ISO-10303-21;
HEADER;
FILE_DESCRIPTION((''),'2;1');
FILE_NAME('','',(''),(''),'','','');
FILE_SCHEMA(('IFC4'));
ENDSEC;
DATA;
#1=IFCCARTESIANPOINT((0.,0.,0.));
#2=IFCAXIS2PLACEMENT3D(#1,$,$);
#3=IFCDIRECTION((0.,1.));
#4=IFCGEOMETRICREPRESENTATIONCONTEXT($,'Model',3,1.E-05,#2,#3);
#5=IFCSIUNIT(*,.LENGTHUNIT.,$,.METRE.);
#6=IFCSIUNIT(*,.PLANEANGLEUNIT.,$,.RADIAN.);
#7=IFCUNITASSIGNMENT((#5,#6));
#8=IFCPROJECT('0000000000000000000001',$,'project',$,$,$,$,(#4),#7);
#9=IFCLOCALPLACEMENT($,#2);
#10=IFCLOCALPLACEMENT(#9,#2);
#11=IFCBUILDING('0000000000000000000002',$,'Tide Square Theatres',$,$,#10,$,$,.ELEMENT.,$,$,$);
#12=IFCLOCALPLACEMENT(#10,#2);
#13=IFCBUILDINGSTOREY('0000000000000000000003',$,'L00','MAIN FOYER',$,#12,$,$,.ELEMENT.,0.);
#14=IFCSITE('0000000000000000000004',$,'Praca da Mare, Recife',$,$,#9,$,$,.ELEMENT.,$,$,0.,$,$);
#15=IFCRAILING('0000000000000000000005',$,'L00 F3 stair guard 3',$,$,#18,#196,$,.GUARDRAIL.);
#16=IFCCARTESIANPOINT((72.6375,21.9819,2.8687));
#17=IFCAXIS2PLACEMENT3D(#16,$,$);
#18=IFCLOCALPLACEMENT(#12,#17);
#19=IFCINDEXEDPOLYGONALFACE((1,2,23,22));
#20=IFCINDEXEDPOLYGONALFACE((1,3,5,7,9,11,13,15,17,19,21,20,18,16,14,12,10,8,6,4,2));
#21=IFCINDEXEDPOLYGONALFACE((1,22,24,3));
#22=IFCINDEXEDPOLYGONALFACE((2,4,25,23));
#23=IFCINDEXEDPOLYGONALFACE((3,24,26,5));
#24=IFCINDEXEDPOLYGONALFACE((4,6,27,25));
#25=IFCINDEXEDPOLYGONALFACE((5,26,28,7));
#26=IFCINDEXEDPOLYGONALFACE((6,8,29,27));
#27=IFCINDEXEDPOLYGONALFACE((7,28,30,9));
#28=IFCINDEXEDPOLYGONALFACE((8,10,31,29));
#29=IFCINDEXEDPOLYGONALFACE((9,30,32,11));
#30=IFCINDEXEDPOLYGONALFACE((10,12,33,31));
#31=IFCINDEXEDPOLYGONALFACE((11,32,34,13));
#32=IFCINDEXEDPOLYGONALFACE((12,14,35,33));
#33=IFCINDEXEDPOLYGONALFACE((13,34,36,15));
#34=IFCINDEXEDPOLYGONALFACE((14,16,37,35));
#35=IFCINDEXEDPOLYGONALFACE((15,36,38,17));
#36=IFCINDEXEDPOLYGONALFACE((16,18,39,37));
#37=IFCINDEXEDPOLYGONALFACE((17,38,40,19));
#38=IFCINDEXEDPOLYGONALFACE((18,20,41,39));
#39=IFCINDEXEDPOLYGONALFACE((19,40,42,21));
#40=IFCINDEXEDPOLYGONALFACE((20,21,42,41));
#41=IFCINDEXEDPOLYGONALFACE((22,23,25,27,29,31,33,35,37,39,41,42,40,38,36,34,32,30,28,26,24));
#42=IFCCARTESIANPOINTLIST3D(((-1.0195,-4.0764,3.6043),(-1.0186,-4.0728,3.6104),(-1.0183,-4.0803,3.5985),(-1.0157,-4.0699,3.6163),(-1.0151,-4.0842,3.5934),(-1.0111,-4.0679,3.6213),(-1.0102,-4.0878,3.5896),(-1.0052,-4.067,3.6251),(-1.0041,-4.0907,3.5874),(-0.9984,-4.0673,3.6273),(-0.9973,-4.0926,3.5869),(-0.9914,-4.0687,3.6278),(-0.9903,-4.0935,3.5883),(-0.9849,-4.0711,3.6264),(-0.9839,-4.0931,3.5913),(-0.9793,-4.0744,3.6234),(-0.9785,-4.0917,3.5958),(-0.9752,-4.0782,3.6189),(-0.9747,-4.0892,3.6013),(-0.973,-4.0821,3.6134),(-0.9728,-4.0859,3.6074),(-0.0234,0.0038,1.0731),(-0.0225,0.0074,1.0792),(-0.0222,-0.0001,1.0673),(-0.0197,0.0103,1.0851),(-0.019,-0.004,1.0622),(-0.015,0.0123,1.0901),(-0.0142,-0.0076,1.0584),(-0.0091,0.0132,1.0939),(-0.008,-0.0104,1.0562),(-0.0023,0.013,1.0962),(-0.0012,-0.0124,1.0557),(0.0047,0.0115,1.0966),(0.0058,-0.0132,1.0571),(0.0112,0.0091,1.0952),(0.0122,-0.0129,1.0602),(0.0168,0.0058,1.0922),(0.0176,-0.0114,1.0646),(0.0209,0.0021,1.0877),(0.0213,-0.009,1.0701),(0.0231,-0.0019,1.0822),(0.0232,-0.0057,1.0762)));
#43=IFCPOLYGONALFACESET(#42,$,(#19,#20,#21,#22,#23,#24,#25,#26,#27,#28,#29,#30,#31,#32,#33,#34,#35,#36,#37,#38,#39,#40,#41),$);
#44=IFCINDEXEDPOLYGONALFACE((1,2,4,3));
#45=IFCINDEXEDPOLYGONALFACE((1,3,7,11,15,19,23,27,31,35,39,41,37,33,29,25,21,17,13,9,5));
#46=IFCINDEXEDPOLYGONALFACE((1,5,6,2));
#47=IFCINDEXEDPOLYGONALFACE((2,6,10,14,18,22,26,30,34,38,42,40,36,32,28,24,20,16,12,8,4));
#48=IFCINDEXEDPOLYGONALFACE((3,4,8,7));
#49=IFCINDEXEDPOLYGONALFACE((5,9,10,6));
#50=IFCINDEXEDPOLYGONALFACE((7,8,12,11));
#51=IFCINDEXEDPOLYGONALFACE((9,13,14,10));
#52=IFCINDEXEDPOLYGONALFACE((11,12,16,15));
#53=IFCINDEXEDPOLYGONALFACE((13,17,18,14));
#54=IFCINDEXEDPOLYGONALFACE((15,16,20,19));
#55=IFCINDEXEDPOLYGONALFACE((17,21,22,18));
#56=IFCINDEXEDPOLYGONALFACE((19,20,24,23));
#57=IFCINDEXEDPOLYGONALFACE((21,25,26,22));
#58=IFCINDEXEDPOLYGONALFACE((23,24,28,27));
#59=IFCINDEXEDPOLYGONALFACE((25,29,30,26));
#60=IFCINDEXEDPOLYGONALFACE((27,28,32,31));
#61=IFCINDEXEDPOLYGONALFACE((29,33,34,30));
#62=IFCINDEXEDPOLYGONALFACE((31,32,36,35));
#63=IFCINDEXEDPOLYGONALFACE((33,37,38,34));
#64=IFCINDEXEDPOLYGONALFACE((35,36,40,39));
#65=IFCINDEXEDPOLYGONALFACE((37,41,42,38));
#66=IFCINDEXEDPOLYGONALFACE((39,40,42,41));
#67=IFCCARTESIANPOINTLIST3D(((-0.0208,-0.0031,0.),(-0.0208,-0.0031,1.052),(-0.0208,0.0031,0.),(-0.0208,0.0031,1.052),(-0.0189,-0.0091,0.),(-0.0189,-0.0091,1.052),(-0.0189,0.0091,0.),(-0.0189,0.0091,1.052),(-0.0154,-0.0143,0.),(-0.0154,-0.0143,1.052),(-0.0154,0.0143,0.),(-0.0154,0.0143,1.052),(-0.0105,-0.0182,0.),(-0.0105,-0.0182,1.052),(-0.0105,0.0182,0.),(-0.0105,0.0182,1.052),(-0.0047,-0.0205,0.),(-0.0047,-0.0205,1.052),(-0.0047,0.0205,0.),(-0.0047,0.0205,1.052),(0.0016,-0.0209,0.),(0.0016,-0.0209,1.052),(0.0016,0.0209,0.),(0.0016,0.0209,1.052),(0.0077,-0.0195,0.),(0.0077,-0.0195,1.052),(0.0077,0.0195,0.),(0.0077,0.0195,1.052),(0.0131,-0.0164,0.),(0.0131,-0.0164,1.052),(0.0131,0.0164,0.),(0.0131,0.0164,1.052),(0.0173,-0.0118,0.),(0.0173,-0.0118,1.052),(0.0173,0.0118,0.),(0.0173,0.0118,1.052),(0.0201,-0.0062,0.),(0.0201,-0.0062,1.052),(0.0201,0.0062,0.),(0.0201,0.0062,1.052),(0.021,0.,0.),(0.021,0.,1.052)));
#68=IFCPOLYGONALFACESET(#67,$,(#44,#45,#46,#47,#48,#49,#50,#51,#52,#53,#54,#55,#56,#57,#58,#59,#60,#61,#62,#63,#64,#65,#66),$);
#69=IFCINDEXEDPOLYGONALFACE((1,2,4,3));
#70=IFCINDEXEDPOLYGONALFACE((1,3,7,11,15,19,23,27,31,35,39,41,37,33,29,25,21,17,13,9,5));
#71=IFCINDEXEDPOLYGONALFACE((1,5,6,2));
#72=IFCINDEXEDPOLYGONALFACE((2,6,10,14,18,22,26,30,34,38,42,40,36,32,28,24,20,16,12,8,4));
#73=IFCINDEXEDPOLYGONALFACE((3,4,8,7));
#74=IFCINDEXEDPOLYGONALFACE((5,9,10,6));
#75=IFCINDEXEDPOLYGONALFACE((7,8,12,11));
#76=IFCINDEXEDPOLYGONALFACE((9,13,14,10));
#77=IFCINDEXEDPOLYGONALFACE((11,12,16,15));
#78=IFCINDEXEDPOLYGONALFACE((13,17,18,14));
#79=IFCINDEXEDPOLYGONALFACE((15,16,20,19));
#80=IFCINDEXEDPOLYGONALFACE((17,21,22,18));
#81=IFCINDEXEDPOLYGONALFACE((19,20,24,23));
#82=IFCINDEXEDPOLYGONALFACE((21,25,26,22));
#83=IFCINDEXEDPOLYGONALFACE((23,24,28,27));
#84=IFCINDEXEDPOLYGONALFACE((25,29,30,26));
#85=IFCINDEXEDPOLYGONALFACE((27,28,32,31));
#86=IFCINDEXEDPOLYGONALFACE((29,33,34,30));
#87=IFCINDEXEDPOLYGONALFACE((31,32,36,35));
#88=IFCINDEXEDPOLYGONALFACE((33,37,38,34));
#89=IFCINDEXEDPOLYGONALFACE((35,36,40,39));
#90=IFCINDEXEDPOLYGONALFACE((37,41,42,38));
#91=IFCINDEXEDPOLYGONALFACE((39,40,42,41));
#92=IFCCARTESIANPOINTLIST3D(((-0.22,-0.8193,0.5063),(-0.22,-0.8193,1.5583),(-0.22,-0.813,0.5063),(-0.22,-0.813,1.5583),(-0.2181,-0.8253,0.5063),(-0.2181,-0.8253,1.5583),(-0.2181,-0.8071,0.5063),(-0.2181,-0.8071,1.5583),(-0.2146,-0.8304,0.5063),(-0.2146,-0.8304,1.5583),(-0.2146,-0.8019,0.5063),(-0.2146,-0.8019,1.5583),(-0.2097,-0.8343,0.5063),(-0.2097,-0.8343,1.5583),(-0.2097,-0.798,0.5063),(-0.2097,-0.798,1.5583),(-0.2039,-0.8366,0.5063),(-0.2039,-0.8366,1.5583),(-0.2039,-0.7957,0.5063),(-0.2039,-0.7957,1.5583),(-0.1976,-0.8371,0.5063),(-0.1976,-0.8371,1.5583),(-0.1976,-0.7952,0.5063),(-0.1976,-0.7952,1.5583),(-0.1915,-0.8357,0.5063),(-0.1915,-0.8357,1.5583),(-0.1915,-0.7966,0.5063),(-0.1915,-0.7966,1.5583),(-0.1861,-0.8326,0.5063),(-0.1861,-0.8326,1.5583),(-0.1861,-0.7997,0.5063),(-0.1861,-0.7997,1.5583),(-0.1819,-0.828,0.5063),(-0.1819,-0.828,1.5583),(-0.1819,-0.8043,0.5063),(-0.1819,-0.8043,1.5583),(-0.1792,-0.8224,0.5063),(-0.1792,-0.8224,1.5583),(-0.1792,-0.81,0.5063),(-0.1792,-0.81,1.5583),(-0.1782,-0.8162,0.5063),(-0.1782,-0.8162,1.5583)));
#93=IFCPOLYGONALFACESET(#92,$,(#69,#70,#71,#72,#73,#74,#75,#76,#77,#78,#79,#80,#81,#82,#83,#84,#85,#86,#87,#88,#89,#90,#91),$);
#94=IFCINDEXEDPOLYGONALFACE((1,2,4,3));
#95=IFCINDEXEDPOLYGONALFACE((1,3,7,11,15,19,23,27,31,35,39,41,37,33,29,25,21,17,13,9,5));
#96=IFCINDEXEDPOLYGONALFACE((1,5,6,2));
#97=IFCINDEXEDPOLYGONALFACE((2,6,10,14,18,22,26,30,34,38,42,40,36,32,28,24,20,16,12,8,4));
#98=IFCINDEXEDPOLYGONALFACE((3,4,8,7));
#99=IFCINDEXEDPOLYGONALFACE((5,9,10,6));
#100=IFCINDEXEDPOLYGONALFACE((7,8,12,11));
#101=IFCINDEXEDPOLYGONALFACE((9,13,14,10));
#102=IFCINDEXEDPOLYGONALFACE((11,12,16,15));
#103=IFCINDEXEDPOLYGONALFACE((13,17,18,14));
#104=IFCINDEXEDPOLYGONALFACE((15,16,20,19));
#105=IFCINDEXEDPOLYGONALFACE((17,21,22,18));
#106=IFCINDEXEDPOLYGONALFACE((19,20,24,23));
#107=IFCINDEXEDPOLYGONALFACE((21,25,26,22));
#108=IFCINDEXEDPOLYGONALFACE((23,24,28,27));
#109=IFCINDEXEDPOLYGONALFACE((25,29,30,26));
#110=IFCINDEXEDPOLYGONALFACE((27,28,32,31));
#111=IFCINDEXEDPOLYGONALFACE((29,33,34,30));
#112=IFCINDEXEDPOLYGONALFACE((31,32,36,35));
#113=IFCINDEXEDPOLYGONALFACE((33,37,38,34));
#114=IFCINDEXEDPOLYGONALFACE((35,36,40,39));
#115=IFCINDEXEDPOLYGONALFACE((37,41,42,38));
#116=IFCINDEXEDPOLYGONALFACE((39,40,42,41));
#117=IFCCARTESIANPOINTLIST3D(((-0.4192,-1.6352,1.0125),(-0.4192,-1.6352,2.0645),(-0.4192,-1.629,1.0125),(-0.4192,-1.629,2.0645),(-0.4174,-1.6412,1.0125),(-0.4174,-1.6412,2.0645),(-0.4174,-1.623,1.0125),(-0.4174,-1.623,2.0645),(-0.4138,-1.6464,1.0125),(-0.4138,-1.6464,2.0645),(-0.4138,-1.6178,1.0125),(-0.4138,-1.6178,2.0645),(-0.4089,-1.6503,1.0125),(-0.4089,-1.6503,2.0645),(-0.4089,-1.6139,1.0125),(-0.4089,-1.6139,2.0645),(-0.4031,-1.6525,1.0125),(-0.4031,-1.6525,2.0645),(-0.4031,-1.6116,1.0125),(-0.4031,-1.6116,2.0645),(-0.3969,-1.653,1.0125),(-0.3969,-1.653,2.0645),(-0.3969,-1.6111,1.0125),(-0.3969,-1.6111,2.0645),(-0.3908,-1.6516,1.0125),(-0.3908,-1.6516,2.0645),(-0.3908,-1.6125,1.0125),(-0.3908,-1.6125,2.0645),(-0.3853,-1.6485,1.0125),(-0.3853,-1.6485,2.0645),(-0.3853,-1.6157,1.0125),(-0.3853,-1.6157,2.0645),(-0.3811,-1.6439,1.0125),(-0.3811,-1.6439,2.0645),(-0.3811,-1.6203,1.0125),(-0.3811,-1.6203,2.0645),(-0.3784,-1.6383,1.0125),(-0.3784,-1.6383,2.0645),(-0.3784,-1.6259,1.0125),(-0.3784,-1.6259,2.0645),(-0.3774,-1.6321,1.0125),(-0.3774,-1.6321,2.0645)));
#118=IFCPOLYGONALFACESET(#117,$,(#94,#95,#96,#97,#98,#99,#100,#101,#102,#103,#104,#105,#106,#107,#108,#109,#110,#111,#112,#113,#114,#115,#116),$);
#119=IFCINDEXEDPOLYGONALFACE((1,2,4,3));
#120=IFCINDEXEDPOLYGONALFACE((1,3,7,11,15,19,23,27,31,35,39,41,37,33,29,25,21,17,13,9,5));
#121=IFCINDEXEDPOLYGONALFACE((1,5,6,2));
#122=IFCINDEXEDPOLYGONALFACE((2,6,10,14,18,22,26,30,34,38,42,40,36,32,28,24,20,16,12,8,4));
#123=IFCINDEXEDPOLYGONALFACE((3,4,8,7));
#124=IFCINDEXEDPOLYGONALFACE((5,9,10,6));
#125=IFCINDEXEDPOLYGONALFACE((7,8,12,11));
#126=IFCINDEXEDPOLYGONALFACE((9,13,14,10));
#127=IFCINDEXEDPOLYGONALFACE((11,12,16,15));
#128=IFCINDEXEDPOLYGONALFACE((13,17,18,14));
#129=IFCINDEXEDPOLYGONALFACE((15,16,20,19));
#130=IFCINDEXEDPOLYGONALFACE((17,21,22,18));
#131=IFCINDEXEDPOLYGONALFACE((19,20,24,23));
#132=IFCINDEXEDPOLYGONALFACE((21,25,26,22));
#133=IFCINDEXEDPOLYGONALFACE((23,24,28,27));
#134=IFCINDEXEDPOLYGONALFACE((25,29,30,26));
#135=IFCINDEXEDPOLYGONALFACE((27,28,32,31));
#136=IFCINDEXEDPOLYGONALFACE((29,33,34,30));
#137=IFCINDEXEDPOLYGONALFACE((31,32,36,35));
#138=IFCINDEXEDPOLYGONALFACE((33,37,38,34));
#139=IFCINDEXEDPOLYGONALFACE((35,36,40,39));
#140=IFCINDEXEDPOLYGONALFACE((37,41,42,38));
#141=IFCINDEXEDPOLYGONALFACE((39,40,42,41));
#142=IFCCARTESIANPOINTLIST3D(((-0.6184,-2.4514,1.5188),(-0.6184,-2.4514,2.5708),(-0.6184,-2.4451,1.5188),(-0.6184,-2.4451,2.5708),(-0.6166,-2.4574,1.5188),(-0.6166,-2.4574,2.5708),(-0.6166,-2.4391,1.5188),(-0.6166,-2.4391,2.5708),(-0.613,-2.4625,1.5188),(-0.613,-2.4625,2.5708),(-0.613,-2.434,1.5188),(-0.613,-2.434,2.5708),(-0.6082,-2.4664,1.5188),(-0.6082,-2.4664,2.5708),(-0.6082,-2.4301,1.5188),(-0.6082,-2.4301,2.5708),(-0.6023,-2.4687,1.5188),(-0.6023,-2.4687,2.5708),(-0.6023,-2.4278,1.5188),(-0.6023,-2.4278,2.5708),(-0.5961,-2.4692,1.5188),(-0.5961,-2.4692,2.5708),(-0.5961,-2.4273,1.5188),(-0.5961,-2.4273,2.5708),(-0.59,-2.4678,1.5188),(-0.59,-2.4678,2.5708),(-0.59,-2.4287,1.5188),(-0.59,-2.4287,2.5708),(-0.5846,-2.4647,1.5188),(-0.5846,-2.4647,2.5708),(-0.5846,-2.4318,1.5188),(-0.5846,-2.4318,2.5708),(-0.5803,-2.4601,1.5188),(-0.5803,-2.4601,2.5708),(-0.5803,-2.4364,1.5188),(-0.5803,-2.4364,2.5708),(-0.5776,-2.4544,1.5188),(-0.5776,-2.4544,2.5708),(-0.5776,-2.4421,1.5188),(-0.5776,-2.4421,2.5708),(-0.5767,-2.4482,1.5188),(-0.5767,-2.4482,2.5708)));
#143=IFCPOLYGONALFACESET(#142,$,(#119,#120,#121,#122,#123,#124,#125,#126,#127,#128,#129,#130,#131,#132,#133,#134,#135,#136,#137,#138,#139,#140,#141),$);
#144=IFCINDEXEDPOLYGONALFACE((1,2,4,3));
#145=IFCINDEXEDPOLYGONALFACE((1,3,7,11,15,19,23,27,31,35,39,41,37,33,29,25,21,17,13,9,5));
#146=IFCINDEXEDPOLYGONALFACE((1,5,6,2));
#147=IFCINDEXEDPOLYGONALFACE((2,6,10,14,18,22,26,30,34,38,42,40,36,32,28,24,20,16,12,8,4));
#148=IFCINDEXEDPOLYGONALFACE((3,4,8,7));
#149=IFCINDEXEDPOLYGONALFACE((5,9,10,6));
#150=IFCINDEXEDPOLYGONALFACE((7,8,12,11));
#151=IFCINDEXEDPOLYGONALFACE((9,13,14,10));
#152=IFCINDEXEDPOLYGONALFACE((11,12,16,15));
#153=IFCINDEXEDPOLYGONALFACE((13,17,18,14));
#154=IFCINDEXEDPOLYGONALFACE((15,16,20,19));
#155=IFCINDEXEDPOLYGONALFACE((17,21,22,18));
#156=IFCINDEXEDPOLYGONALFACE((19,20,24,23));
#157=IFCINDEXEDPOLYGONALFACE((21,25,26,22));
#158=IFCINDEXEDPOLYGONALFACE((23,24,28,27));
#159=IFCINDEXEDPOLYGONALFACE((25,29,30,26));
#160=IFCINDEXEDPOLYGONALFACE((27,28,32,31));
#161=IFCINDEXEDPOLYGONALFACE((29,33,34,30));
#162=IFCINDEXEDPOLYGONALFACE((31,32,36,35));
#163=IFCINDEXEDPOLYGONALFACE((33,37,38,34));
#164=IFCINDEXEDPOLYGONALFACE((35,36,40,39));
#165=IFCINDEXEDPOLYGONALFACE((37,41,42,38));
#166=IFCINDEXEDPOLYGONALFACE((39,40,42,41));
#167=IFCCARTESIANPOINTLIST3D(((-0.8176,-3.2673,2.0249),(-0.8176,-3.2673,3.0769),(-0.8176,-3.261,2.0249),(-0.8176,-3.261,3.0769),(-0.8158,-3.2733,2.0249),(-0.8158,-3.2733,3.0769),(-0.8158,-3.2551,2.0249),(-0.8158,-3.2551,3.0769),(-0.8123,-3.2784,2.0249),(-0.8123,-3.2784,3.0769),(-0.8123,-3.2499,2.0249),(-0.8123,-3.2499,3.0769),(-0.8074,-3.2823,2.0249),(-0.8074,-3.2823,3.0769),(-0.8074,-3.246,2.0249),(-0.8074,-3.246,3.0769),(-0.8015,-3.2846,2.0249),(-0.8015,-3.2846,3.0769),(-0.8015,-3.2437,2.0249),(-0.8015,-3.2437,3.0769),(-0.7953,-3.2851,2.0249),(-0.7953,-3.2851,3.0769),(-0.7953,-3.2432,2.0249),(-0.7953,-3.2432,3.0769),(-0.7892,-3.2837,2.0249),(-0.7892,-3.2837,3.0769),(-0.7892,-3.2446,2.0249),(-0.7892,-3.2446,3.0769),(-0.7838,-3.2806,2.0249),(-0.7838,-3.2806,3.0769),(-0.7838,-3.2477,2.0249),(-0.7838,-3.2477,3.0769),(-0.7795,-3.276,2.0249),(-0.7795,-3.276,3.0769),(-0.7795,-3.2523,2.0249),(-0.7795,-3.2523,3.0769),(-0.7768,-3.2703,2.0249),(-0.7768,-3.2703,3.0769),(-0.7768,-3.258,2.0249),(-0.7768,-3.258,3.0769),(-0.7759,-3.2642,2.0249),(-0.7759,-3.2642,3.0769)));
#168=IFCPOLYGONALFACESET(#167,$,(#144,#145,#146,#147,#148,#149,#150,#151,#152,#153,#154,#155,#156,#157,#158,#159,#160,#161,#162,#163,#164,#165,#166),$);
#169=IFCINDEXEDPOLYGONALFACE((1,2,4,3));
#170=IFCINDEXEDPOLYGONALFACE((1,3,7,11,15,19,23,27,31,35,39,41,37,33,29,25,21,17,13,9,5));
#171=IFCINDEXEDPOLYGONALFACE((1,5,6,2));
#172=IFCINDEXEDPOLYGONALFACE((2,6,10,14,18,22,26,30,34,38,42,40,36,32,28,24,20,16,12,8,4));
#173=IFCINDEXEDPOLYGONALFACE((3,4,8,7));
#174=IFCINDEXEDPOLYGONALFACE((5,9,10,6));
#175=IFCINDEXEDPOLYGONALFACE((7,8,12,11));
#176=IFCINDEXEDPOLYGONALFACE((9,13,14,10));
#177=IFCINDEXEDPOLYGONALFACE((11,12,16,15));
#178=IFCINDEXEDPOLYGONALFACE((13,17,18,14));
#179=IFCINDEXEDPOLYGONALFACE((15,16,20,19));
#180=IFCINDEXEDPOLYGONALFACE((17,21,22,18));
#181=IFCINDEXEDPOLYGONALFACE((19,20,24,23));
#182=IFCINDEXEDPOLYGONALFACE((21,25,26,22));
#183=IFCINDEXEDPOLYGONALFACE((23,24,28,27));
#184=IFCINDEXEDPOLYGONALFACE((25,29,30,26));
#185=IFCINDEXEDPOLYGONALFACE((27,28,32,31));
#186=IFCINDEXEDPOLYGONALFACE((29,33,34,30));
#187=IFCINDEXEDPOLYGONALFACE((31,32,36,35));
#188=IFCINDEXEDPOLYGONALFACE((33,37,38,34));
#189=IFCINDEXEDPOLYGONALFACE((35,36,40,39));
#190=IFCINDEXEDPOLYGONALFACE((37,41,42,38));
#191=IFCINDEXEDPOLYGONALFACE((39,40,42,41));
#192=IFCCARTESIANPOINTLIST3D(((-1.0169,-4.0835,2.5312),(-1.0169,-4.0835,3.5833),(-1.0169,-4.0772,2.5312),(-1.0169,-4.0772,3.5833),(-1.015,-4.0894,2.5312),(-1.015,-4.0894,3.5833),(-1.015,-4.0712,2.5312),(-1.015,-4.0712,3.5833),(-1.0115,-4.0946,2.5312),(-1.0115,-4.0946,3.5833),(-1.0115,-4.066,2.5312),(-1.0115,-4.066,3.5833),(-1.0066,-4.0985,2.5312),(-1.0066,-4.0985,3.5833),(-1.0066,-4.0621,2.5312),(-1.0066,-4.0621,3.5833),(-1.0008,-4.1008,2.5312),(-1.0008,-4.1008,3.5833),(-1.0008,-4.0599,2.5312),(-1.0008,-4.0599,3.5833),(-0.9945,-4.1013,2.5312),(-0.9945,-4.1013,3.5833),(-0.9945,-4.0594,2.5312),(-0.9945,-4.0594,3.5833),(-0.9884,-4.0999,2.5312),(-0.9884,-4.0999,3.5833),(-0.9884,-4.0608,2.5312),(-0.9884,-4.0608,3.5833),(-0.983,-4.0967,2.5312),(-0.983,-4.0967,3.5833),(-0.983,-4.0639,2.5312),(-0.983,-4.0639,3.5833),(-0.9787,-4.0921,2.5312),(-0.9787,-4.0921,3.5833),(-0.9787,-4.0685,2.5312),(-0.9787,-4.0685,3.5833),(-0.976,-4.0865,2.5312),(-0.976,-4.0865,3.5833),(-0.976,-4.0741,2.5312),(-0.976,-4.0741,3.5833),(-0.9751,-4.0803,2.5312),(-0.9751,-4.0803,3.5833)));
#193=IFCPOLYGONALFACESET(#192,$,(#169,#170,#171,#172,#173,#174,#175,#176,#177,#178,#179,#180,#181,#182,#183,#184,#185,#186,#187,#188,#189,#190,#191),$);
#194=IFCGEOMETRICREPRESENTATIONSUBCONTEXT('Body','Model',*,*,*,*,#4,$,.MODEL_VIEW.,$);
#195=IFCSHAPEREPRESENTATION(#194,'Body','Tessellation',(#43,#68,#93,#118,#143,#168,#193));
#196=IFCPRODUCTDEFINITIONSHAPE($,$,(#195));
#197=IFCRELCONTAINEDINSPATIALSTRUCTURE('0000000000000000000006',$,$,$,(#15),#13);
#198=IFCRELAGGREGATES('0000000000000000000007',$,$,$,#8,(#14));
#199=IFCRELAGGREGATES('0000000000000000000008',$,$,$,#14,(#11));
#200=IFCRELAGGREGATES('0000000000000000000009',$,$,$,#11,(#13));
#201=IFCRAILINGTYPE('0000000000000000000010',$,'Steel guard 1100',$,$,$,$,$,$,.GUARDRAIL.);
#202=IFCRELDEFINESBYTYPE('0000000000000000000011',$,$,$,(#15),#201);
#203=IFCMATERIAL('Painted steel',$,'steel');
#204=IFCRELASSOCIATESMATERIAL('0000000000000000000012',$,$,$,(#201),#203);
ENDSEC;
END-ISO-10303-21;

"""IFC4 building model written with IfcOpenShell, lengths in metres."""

from ifc_helpers import new_model, si_unit, direction, frame, origin, origin_2d, place, context, subcontext, project, spatial, circle, extrude, material, type_object, element, save


model = new_model("IFC4")

# Units and contexts
model_context = context("Model", 3, precision=1e-05, world=origin(), true_north=direction((0.0, 1.0)))
body_context = subcontext(model_context, "Body", "Model", "MODEL_VIEW")
ifc_project = project(units=[si_unit("LENGTHUNIT", "METRE"), si_unit("PLANEANGLEUNIT", "RADIAN")], contexts=[model_context])

# Site, building, storey
site_placement = place(None, origin())
site = spatial("IfcSite", under=ifc_project, at=site_placement, Name="Praca da Mare, Recife", CompositionType="ELEMENT", RefElevation=0.0)
building_placement = place(site_placement, origin())
building = spatial("IfcBuilding", under=site, at=building_placement, Name="Tide Square Theatres", CompositionType="ELEMENT")
storey_placement = place(building_placement, origin())
storey = spatial("IfcBuildingStorey", under=building, at=storey_placement, Name="L00", Description="MAIN FOYER", CompositionType="ELEMENT", Elevation=0.0)

# Railing
ifc_material_1 = material(Name="Painted steel", Category="steel")
railing_type_1 = type_object("IfcRailingType", Name="Steel guard 1100", PredefinedType="GUARDRAIL", material=ifc_material_1)
railing_1_placement = place(storey_placement, frame((72.6375, 21.9819, 2.8687)))
element("IfcRailing", 1, at=railing_1_placement, inside=storey, type_object=railing_type_1, Name="L00 F3 stair guard 3", PredefinedType="GUARDRAIL", context=body_context, shape_type="SweptSolid", body=[
    extrude(circle(Radius=0.0239, at=origin_2d()), frame((0.0, 0.0, 1.0762), z_axis=(-0.203122, -0.832053, 0.516168), x_axis=(0.971471, -0.237157, 0.0)), (0.0, 0.0, 1.0), 4.9038),
    extrude(circle(Radius=0.021, at=origin_2d()), origin(), (0.0, 0.0, 1.0), 1.052),
    extrude(circle(Radius=0.021, at=origin_2d()), frame((-0.1992, -0.8162, 0.5063)), (0.0, 0.0, 1.0), 1.052),
    extrude(circle(Radius=0.021, at=origin_2d()), frame((-0.3984, -1.6321, 1.0125)), (0.0, 0.0, 1.0), 1.052),
    extrude(circle(Radius=0.021, at=origin_2d()), frame((-0.5977, -2.4482, 1.5188)), (0.0, 0.0, 1.0), 1.052),
    extrude(circle(Radius=0.021, at=origin_2d()), frame((-0.7969, -3.2642, 2.0249)), (0.0, 0.0, 1.0), 1.052),
    extrude(circle(Radius=0.021, at=origin_2d()), frame((-0.9961, -4.0803, 2.5312)), (0.0, 0.0, 1.0), 1.052),
])

save(model, "model.ifc")
